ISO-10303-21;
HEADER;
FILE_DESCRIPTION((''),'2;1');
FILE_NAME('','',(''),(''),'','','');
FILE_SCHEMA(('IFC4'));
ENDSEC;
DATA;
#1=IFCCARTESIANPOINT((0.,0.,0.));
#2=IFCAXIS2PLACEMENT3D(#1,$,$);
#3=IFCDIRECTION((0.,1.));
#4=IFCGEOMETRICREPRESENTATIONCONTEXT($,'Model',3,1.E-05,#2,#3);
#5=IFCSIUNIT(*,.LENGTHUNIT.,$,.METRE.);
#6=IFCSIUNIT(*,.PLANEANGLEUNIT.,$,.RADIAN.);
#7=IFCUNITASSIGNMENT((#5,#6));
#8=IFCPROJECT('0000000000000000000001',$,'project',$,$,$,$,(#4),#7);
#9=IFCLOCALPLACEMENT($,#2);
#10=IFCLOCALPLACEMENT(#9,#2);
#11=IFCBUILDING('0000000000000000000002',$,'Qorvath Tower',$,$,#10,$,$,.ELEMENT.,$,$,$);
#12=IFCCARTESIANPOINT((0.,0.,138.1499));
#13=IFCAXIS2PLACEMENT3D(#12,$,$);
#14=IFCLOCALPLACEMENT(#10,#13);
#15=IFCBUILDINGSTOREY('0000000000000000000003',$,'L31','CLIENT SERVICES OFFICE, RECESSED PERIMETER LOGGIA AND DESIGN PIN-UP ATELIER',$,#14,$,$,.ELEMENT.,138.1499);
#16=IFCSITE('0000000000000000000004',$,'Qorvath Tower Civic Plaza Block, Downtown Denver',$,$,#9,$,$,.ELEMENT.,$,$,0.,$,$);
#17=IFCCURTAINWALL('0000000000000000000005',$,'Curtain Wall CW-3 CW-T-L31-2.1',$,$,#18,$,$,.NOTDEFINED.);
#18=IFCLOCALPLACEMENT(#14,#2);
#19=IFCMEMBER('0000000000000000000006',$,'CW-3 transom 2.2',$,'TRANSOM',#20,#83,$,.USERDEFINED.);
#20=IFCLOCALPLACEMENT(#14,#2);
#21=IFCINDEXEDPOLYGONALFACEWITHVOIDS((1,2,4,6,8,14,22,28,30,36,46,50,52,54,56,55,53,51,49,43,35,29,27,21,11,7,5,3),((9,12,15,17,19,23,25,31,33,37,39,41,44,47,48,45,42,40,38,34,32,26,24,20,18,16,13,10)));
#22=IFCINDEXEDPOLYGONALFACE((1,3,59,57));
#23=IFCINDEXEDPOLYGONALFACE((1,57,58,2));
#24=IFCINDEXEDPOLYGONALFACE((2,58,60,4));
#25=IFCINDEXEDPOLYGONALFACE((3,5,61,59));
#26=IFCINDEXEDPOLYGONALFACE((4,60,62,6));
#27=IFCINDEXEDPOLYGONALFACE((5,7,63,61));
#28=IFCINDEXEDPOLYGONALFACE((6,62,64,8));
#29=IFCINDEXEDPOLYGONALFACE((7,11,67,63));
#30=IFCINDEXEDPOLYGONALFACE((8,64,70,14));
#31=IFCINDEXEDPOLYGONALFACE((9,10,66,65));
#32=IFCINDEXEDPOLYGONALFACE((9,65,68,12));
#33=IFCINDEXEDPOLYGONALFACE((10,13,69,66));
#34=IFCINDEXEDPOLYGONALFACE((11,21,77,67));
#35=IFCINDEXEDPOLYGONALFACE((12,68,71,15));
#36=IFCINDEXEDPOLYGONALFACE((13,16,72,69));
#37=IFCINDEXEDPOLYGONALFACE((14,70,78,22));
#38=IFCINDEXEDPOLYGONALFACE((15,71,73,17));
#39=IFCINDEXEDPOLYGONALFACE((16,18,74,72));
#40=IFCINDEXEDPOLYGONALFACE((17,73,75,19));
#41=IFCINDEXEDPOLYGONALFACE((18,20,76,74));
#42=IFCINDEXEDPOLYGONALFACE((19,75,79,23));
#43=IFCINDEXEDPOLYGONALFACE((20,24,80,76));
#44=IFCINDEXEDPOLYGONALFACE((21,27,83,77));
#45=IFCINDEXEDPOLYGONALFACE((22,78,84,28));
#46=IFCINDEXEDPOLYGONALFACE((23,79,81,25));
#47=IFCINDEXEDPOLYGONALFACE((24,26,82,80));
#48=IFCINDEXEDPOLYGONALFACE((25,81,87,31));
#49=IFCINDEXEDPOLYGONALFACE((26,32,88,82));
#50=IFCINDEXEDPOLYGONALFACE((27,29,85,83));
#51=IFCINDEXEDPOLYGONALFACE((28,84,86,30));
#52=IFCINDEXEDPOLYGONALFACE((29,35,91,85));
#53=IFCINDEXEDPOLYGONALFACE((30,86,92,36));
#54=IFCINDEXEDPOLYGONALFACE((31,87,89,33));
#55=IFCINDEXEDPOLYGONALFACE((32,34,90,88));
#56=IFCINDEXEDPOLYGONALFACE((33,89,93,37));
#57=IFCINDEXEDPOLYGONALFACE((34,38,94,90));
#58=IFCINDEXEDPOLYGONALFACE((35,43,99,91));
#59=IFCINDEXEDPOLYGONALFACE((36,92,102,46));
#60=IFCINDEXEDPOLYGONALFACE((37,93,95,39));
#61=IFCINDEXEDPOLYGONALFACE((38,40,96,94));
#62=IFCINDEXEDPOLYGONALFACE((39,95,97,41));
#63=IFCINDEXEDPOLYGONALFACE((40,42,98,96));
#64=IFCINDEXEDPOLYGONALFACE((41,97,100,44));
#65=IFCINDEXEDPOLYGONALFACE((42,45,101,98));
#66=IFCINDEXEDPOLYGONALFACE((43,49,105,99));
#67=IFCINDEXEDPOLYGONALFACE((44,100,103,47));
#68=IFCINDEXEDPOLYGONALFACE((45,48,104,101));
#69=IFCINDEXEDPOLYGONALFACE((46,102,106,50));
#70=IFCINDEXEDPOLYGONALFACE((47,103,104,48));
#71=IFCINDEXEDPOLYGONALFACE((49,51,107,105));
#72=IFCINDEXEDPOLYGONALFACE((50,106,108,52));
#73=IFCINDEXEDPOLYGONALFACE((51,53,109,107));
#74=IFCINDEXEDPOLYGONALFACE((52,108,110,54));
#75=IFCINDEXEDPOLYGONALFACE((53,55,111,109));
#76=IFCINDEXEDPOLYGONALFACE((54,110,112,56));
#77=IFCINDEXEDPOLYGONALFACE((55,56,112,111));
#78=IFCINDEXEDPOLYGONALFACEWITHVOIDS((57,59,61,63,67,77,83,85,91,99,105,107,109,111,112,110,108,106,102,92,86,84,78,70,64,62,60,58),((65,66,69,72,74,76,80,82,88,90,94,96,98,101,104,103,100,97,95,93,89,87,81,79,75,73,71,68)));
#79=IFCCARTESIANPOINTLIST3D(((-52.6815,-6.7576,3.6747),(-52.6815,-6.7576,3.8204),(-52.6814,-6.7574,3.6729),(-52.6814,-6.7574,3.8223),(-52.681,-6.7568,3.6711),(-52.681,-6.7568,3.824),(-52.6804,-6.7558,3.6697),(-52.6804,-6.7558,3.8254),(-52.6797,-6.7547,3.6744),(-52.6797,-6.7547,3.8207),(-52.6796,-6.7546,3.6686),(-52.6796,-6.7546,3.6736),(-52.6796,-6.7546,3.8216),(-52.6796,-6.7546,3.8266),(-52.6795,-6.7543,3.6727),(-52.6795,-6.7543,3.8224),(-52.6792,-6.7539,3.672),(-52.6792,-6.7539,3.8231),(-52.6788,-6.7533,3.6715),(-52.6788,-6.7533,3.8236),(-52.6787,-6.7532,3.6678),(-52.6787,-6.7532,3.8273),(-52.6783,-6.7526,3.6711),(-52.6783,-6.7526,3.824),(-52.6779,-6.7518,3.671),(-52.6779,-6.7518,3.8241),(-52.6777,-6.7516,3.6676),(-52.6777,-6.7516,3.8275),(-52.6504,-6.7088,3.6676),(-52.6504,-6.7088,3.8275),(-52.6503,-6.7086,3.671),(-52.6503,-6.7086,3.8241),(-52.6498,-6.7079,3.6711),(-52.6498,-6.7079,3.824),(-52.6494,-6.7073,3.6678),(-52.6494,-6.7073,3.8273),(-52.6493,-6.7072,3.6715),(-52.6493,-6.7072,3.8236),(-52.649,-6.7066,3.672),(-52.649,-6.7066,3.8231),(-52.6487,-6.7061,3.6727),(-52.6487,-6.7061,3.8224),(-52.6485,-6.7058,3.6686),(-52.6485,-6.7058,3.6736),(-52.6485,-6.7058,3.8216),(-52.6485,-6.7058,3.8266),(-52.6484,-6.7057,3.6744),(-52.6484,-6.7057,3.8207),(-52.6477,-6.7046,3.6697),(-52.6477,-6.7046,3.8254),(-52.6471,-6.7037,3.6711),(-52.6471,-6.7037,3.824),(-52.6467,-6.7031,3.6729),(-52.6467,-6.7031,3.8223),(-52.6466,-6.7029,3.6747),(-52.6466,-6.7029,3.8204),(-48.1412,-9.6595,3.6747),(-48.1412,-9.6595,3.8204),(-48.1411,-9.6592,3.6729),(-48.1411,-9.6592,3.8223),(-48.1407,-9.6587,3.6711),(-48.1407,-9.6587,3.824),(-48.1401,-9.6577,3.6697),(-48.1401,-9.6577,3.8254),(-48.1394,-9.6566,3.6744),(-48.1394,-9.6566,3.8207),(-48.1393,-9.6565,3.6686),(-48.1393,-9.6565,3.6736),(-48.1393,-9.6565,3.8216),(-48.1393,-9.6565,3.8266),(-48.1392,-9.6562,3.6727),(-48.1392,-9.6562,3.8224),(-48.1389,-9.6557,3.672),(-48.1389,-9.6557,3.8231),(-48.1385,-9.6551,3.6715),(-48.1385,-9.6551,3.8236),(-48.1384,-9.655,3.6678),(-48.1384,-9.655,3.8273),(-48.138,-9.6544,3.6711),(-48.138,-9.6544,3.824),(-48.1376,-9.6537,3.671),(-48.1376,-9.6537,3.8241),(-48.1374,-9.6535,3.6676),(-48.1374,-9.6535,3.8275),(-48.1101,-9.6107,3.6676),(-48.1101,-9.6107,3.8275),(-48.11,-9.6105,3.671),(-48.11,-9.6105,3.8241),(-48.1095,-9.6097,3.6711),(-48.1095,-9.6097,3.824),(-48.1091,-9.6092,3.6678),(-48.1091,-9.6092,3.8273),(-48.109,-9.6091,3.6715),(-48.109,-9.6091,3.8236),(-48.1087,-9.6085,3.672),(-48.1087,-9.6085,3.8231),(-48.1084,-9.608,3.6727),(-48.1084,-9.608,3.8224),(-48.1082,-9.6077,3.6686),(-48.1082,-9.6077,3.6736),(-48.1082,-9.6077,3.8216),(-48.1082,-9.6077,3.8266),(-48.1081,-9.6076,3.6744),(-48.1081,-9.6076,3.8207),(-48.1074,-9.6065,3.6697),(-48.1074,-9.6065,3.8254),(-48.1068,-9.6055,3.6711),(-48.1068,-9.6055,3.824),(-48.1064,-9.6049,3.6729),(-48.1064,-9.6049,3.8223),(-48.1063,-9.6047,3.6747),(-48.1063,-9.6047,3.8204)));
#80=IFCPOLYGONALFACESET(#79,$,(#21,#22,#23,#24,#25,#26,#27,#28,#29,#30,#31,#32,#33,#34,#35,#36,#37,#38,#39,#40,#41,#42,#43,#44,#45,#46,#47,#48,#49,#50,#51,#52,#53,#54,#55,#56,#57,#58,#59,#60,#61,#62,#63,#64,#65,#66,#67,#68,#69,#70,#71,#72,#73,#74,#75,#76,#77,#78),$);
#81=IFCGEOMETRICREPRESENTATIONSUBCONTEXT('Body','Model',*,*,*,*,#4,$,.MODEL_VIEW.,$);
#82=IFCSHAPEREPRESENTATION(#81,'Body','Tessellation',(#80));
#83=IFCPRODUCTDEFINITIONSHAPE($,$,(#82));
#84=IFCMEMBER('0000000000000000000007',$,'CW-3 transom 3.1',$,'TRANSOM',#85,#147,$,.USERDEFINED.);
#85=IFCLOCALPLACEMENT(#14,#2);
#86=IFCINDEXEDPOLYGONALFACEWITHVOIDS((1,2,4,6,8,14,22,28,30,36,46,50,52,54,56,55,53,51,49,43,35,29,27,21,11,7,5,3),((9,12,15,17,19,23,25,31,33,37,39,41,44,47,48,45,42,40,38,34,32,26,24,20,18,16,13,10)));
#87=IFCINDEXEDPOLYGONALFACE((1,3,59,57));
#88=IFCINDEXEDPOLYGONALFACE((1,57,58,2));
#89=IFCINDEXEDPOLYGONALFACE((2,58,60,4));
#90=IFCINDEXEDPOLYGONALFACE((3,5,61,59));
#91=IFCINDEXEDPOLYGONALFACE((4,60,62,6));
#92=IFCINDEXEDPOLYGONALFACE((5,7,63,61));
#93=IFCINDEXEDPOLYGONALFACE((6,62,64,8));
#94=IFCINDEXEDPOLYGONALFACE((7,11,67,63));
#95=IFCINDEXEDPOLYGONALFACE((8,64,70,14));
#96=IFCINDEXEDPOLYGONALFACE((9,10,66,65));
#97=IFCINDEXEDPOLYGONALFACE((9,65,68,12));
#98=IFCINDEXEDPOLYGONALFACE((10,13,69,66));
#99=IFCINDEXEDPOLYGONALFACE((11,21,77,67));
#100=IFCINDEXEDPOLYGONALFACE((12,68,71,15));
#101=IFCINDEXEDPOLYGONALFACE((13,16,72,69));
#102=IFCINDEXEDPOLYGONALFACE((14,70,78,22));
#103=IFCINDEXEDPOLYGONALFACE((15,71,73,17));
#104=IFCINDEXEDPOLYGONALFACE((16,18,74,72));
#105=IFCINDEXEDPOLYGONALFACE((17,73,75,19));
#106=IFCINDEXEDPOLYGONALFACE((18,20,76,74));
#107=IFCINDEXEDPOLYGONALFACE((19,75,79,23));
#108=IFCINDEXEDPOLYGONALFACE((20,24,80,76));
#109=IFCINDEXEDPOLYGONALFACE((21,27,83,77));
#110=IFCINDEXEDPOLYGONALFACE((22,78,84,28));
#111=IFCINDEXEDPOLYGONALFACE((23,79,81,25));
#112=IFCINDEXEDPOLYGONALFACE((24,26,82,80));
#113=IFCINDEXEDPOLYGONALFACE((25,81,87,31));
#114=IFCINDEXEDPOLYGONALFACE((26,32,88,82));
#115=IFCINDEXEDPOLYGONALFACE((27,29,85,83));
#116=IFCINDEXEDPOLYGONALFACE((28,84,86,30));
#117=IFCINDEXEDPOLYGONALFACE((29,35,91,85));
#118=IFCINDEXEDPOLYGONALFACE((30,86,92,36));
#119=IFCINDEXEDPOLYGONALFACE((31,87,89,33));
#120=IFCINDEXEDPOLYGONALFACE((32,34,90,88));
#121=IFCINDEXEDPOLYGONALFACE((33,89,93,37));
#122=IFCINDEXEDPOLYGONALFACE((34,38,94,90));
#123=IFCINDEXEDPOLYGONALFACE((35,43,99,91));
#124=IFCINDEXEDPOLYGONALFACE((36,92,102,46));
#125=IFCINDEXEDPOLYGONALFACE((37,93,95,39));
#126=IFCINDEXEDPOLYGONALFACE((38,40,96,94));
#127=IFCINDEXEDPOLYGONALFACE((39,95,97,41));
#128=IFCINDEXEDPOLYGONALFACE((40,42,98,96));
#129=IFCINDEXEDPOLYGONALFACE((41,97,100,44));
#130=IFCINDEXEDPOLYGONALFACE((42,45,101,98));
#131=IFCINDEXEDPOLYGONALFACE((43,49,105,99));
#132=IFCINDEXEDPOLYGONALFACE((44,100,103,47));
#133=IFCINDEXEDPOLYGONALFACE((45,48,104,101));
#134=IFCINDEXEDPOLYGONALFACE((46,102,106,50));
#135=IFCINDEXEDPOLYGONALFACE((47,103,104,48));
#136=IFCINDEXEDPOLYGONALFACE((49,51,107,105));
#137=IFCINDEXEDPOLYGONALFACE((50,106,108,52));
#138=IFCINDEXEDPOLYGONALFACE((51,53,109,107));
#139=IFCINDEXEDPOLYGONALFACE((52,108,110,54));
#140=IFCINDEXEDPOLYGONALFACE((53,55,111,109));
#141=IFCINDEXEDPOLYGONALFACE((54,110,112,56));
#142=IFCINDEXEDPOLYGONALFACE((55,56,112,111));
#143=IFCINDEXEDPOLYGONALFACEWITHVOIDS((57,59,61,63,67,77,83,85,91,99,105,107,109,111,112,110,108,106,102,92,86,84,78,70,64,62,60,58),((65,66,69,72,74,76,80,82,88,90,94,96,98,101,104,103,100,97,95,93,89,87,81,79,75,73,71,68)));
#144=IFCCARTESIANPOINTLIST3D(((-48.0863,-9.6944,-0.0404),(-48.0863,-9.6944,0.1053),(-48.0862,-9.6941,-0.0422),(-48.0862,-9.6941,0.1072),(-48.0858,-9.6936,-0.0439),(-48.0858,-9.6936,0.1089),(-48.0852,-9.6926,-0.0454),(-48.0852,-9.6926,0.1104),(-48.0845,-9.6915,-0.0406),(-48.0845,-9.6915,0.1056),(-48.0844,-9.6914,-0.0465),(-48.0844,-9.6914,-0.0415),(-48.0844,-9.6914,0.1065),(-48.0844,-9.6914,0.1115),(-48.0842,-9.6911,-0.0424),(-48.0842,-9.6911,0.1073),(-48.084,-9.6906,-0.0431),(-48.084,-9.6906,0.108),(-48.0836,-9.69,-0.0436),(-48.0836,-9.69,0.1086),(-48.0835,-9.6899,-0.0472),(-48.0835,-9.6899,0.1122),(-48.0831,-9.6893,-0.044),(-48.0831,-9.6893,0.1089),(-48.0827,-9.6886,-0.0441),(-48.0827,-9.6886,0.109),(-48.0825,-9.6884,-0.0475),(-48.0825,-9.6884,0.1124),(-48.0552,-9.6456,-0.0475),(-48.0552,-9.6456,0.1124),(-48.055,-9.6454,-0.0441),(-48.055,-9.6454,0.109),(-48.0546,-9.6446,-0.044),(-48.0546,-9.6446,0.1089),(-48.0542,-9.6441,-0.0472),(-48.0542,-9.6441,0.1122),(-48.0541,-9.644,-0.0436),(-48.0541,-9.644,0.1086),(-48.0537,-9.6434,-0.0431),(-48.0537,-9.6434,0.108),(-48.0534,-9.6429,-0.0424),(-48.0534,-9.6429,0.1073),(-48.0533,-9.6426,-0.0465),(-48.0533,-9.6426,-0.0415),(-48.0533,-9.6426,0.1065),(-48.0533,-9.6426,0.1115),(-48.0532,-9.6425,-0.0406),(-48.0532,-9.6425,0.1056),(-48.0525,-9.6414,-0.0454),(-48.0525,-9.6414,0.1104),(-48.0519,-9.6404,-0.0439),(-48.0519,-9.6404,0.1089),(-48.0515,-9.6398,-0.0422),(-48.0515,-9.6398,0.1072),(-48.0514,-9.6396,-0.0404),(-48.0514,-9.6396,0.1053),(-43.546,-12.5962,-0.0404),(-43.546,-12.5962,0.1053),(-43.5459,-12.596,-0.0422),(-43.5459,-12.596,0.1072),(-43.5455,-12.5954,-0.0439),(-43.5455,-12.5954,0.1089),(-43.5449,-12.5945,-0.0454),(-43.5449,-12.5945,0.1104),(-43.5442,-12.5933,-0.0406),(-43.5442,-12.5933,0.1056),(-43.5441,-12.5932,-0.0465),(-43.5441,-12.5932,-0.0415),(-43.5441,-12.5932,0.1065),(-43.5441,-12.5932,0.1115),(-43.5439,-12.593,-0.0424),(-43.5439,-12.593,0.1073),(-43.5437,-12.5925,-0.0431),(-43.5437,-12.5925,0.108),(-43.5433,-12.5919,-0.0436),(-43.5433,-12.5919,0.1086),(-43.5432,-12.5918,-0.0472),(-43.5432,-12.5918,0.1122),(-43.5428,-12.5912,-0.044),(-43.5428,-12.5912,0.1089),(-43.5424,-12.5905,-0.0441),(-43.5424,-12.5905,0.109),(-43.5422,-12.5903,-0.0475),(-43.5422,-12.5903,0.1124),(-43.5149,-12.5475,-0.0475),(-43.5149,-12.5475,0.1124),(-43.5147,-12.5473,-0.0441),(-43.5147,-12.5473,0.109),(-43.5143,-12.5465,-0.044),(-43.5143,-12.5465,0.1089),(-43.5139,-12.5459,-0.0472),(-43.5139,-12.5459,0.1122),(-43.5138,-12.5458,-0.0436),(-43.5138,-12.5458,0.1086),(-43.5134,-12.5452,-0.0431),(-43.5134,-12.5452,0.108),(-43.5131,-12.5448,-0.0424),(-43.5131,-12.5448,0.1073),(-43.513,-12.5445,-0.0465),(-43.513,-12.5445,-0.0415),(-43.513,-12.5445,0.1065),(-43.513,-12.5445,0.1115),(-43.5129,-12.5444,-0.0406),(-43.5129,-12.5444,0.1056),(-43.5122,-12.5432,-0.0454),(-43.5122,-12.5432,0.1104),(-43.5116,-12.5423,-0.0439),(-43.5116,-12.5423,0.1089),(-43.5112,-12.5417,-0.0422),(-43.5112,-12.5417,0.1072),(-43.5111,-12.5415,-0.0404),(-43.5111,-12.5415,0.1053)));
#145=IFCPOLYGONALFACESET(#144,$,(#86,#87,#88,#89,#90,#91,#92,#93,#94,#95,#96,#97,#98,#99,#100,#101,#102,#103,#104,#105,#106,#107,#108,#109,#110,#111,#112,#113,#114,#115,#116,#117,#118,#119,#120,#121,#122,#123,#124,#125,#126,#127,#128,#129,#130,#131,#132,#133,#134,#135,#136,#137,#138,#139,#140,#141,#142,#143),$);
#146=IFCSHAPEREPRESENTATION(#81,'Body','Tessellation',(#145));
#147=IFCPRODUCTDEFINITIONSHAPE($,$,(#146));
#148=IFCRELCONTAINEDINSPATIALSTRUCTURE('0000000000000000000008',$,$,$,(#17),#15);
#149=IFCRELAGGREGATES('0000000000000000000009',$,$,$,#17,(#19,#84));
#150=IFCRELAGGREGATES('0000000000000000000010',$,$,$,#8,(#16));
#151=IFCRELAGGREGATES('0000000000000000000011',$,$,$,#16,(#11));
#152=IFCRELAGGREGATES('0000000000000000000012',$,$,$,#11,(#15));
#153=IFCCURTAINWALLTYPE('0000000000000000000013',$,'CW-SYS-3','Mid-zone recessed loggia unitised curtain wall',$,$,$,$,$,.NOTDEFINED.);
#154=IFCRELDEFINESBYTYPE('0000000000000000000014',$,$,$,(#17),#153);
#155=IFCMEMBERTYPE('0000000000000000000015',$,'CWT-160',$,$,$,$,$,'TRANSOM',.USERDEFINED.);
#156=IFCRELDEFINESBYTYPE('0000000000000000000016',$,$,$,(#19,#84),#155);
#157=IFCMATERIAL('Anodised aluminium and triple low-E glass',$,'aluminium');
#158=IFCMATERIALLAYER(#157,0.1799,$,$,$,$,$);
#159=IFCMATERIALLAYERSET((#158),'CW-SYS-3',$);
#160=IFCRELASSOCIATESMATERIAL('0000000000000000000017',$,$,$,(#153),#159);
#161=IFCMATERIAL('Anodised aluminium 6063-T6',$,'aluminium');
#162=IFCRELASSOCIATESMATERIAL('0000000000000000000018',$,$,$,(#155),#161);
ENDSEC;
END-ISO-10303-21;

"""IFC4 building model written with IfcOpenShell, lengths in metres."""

from ifc_helpers import new_model, si_unit, direction, frame, origin, origin_2d, place, context, subcontext, project, spatial, hollow_rectangle, extrude, material, layer, layer_set, material_profile, profile_set, type_object, element, aggregate, save


model = new_model("IFC4")

# Units and contexts
model_context = context("Model", 3, precision=1e-05, world=origin(), true_north=direction((0.0, 1.0)))
body_context = subcontext(model_context, "Body", "Model", "MODEL_VIEW")
ifc_project = project(units=[si_unit("LENGTHUNIT", "METRE"), si_unit("PLANEANGLEUNIT", "RADIAN")], contexts=[model_context])

# Site, building, storey
site_placement = place(None, origin())
site = spatial("IfcSite", under=ifc_project, at=site_placement, Name="Qorvath Tower Civic Plaza Block, Downtown Denver", CompositionType="ELEMENT", RefElevation=0.0)
building_placement = place(site_placement, origin())
building = spatial("IfcBuilding", under=site, at=building_placement, Name="Qorvath Tower", CompositionType="ELEMENT")
storey_placement = place(building_placement, frame((0.0, 0.0, 138.1499)))
storey = spatial("IfcBuildingStorey", under=building, at=storey_placement, Name="L31", Description="CLIENT SERVICES OFFICE, RECESSED PERIMETER LOGGIA AND DESIGN PIN-UP ATELIER", CompositionType="ELEMENT", Elevation=138.1499)

# Curtain wall, members
ifc_material_1 = material(Name="Anodised aluminium and triple low-E glass", Category="aluminium")
ifc_layer_1 = layer(ifc_material_1, 0.1799)
ifc_layer_set_1 = layer_set([ifc_layer_1], Name="CW-SYS-3")
curtain_wall_type = type_object("IfcCurtainWallType", Name="CW-SYS-3", Description="Mid-zone recessed loggia unitised curtain wall", PredefinedType="NOTDEFINED", material=ifc_layer_set_1)
curtain_wall_placement = place(storey_placement, origin())
curtain_wall = element("IfcCurtainWall", 1, at=curtain_wall_placement, inside=storey, type_object=curtain_wall_type, Name="Curtain Wall CW-3 CW-T-L31-2.1", PredefinedType="NOTDEFINED")
ifc_material_2 = material(Name="Anodised aluminium 6063-T6", Category="aluminium")
ifc_material_profile_1 = material_profile(ifc_material_2, hollow_rectangle(XDim=0.0649, YDim=0.1599, WallThickness=0.0034, InnerFilletRadius=0.0034, OuterFilletRadius=0.0071, at=origin_2d()), Name="CWT 160x65")
ifc_profile_set_1 = profile_set([ifc_material_profile_1], Name="Anodised aluminium 6063-T6")
member_type_1 = type_object("IfcMemberType", Name="CWT-160", ElementType="TRANSOM", PredefinedType="USERDEFINED", material=ifc_profile_set_1)
member_1_placement = place(storey_placement, frame((-52.6641, -6.7302, 3.7476), z_axis=(0.842602, -0.538537, 0.0), x_axis=(0.538537, 0.842602, 0.0)))
member_1 = element("IfcMember", 2, at=member_1_placement, type_object=member_type_1, Name="CW-3 transom 2.2", ObjectType="TRANSOM", PredefinedType="USERDEFINED", context=body_context, shape_type="SweptSolid", body=[
    extrude(hollow_rectangle(XDim=0.0649, YDim=0.1599, WallThickness=0.0034, InnerFilletRadius=0.0034, OuterFilletRadius=0.0071, at=origin_2d()), origin(), (0.0, 0.0, 1.0), 5.3884),
])
member_2_placement = place(storey_placement, frame((-48.0688, -9.667, 0.0325), z_axis=(0.842602, -0.538537, 0.0), x_axis=(0.538537, 0.842602, 0.0)))
member_2 = element("IfcMember", 3, at=member_2_placement, type_object=member_type_1, Name="CW-3 transom 3.1", ObjectType="TRANSOM", PredefinedType="USERDEFINED", context=body_context, shape_type="SweptSolid", body=[
    extrude(hollow_rectangle(XDim=0.0649, YDim=0.1599, WallThickness=0.0034, InnerFilletRadius=0.0034, OuterFilletRadius=0.0071, at=origin_2d()), origin(), (0.0, 0.0, 1.0), 5.3884),
])

aggregate(curtain_wall, [member_1, member_2])

save(model, "model.ifc")
